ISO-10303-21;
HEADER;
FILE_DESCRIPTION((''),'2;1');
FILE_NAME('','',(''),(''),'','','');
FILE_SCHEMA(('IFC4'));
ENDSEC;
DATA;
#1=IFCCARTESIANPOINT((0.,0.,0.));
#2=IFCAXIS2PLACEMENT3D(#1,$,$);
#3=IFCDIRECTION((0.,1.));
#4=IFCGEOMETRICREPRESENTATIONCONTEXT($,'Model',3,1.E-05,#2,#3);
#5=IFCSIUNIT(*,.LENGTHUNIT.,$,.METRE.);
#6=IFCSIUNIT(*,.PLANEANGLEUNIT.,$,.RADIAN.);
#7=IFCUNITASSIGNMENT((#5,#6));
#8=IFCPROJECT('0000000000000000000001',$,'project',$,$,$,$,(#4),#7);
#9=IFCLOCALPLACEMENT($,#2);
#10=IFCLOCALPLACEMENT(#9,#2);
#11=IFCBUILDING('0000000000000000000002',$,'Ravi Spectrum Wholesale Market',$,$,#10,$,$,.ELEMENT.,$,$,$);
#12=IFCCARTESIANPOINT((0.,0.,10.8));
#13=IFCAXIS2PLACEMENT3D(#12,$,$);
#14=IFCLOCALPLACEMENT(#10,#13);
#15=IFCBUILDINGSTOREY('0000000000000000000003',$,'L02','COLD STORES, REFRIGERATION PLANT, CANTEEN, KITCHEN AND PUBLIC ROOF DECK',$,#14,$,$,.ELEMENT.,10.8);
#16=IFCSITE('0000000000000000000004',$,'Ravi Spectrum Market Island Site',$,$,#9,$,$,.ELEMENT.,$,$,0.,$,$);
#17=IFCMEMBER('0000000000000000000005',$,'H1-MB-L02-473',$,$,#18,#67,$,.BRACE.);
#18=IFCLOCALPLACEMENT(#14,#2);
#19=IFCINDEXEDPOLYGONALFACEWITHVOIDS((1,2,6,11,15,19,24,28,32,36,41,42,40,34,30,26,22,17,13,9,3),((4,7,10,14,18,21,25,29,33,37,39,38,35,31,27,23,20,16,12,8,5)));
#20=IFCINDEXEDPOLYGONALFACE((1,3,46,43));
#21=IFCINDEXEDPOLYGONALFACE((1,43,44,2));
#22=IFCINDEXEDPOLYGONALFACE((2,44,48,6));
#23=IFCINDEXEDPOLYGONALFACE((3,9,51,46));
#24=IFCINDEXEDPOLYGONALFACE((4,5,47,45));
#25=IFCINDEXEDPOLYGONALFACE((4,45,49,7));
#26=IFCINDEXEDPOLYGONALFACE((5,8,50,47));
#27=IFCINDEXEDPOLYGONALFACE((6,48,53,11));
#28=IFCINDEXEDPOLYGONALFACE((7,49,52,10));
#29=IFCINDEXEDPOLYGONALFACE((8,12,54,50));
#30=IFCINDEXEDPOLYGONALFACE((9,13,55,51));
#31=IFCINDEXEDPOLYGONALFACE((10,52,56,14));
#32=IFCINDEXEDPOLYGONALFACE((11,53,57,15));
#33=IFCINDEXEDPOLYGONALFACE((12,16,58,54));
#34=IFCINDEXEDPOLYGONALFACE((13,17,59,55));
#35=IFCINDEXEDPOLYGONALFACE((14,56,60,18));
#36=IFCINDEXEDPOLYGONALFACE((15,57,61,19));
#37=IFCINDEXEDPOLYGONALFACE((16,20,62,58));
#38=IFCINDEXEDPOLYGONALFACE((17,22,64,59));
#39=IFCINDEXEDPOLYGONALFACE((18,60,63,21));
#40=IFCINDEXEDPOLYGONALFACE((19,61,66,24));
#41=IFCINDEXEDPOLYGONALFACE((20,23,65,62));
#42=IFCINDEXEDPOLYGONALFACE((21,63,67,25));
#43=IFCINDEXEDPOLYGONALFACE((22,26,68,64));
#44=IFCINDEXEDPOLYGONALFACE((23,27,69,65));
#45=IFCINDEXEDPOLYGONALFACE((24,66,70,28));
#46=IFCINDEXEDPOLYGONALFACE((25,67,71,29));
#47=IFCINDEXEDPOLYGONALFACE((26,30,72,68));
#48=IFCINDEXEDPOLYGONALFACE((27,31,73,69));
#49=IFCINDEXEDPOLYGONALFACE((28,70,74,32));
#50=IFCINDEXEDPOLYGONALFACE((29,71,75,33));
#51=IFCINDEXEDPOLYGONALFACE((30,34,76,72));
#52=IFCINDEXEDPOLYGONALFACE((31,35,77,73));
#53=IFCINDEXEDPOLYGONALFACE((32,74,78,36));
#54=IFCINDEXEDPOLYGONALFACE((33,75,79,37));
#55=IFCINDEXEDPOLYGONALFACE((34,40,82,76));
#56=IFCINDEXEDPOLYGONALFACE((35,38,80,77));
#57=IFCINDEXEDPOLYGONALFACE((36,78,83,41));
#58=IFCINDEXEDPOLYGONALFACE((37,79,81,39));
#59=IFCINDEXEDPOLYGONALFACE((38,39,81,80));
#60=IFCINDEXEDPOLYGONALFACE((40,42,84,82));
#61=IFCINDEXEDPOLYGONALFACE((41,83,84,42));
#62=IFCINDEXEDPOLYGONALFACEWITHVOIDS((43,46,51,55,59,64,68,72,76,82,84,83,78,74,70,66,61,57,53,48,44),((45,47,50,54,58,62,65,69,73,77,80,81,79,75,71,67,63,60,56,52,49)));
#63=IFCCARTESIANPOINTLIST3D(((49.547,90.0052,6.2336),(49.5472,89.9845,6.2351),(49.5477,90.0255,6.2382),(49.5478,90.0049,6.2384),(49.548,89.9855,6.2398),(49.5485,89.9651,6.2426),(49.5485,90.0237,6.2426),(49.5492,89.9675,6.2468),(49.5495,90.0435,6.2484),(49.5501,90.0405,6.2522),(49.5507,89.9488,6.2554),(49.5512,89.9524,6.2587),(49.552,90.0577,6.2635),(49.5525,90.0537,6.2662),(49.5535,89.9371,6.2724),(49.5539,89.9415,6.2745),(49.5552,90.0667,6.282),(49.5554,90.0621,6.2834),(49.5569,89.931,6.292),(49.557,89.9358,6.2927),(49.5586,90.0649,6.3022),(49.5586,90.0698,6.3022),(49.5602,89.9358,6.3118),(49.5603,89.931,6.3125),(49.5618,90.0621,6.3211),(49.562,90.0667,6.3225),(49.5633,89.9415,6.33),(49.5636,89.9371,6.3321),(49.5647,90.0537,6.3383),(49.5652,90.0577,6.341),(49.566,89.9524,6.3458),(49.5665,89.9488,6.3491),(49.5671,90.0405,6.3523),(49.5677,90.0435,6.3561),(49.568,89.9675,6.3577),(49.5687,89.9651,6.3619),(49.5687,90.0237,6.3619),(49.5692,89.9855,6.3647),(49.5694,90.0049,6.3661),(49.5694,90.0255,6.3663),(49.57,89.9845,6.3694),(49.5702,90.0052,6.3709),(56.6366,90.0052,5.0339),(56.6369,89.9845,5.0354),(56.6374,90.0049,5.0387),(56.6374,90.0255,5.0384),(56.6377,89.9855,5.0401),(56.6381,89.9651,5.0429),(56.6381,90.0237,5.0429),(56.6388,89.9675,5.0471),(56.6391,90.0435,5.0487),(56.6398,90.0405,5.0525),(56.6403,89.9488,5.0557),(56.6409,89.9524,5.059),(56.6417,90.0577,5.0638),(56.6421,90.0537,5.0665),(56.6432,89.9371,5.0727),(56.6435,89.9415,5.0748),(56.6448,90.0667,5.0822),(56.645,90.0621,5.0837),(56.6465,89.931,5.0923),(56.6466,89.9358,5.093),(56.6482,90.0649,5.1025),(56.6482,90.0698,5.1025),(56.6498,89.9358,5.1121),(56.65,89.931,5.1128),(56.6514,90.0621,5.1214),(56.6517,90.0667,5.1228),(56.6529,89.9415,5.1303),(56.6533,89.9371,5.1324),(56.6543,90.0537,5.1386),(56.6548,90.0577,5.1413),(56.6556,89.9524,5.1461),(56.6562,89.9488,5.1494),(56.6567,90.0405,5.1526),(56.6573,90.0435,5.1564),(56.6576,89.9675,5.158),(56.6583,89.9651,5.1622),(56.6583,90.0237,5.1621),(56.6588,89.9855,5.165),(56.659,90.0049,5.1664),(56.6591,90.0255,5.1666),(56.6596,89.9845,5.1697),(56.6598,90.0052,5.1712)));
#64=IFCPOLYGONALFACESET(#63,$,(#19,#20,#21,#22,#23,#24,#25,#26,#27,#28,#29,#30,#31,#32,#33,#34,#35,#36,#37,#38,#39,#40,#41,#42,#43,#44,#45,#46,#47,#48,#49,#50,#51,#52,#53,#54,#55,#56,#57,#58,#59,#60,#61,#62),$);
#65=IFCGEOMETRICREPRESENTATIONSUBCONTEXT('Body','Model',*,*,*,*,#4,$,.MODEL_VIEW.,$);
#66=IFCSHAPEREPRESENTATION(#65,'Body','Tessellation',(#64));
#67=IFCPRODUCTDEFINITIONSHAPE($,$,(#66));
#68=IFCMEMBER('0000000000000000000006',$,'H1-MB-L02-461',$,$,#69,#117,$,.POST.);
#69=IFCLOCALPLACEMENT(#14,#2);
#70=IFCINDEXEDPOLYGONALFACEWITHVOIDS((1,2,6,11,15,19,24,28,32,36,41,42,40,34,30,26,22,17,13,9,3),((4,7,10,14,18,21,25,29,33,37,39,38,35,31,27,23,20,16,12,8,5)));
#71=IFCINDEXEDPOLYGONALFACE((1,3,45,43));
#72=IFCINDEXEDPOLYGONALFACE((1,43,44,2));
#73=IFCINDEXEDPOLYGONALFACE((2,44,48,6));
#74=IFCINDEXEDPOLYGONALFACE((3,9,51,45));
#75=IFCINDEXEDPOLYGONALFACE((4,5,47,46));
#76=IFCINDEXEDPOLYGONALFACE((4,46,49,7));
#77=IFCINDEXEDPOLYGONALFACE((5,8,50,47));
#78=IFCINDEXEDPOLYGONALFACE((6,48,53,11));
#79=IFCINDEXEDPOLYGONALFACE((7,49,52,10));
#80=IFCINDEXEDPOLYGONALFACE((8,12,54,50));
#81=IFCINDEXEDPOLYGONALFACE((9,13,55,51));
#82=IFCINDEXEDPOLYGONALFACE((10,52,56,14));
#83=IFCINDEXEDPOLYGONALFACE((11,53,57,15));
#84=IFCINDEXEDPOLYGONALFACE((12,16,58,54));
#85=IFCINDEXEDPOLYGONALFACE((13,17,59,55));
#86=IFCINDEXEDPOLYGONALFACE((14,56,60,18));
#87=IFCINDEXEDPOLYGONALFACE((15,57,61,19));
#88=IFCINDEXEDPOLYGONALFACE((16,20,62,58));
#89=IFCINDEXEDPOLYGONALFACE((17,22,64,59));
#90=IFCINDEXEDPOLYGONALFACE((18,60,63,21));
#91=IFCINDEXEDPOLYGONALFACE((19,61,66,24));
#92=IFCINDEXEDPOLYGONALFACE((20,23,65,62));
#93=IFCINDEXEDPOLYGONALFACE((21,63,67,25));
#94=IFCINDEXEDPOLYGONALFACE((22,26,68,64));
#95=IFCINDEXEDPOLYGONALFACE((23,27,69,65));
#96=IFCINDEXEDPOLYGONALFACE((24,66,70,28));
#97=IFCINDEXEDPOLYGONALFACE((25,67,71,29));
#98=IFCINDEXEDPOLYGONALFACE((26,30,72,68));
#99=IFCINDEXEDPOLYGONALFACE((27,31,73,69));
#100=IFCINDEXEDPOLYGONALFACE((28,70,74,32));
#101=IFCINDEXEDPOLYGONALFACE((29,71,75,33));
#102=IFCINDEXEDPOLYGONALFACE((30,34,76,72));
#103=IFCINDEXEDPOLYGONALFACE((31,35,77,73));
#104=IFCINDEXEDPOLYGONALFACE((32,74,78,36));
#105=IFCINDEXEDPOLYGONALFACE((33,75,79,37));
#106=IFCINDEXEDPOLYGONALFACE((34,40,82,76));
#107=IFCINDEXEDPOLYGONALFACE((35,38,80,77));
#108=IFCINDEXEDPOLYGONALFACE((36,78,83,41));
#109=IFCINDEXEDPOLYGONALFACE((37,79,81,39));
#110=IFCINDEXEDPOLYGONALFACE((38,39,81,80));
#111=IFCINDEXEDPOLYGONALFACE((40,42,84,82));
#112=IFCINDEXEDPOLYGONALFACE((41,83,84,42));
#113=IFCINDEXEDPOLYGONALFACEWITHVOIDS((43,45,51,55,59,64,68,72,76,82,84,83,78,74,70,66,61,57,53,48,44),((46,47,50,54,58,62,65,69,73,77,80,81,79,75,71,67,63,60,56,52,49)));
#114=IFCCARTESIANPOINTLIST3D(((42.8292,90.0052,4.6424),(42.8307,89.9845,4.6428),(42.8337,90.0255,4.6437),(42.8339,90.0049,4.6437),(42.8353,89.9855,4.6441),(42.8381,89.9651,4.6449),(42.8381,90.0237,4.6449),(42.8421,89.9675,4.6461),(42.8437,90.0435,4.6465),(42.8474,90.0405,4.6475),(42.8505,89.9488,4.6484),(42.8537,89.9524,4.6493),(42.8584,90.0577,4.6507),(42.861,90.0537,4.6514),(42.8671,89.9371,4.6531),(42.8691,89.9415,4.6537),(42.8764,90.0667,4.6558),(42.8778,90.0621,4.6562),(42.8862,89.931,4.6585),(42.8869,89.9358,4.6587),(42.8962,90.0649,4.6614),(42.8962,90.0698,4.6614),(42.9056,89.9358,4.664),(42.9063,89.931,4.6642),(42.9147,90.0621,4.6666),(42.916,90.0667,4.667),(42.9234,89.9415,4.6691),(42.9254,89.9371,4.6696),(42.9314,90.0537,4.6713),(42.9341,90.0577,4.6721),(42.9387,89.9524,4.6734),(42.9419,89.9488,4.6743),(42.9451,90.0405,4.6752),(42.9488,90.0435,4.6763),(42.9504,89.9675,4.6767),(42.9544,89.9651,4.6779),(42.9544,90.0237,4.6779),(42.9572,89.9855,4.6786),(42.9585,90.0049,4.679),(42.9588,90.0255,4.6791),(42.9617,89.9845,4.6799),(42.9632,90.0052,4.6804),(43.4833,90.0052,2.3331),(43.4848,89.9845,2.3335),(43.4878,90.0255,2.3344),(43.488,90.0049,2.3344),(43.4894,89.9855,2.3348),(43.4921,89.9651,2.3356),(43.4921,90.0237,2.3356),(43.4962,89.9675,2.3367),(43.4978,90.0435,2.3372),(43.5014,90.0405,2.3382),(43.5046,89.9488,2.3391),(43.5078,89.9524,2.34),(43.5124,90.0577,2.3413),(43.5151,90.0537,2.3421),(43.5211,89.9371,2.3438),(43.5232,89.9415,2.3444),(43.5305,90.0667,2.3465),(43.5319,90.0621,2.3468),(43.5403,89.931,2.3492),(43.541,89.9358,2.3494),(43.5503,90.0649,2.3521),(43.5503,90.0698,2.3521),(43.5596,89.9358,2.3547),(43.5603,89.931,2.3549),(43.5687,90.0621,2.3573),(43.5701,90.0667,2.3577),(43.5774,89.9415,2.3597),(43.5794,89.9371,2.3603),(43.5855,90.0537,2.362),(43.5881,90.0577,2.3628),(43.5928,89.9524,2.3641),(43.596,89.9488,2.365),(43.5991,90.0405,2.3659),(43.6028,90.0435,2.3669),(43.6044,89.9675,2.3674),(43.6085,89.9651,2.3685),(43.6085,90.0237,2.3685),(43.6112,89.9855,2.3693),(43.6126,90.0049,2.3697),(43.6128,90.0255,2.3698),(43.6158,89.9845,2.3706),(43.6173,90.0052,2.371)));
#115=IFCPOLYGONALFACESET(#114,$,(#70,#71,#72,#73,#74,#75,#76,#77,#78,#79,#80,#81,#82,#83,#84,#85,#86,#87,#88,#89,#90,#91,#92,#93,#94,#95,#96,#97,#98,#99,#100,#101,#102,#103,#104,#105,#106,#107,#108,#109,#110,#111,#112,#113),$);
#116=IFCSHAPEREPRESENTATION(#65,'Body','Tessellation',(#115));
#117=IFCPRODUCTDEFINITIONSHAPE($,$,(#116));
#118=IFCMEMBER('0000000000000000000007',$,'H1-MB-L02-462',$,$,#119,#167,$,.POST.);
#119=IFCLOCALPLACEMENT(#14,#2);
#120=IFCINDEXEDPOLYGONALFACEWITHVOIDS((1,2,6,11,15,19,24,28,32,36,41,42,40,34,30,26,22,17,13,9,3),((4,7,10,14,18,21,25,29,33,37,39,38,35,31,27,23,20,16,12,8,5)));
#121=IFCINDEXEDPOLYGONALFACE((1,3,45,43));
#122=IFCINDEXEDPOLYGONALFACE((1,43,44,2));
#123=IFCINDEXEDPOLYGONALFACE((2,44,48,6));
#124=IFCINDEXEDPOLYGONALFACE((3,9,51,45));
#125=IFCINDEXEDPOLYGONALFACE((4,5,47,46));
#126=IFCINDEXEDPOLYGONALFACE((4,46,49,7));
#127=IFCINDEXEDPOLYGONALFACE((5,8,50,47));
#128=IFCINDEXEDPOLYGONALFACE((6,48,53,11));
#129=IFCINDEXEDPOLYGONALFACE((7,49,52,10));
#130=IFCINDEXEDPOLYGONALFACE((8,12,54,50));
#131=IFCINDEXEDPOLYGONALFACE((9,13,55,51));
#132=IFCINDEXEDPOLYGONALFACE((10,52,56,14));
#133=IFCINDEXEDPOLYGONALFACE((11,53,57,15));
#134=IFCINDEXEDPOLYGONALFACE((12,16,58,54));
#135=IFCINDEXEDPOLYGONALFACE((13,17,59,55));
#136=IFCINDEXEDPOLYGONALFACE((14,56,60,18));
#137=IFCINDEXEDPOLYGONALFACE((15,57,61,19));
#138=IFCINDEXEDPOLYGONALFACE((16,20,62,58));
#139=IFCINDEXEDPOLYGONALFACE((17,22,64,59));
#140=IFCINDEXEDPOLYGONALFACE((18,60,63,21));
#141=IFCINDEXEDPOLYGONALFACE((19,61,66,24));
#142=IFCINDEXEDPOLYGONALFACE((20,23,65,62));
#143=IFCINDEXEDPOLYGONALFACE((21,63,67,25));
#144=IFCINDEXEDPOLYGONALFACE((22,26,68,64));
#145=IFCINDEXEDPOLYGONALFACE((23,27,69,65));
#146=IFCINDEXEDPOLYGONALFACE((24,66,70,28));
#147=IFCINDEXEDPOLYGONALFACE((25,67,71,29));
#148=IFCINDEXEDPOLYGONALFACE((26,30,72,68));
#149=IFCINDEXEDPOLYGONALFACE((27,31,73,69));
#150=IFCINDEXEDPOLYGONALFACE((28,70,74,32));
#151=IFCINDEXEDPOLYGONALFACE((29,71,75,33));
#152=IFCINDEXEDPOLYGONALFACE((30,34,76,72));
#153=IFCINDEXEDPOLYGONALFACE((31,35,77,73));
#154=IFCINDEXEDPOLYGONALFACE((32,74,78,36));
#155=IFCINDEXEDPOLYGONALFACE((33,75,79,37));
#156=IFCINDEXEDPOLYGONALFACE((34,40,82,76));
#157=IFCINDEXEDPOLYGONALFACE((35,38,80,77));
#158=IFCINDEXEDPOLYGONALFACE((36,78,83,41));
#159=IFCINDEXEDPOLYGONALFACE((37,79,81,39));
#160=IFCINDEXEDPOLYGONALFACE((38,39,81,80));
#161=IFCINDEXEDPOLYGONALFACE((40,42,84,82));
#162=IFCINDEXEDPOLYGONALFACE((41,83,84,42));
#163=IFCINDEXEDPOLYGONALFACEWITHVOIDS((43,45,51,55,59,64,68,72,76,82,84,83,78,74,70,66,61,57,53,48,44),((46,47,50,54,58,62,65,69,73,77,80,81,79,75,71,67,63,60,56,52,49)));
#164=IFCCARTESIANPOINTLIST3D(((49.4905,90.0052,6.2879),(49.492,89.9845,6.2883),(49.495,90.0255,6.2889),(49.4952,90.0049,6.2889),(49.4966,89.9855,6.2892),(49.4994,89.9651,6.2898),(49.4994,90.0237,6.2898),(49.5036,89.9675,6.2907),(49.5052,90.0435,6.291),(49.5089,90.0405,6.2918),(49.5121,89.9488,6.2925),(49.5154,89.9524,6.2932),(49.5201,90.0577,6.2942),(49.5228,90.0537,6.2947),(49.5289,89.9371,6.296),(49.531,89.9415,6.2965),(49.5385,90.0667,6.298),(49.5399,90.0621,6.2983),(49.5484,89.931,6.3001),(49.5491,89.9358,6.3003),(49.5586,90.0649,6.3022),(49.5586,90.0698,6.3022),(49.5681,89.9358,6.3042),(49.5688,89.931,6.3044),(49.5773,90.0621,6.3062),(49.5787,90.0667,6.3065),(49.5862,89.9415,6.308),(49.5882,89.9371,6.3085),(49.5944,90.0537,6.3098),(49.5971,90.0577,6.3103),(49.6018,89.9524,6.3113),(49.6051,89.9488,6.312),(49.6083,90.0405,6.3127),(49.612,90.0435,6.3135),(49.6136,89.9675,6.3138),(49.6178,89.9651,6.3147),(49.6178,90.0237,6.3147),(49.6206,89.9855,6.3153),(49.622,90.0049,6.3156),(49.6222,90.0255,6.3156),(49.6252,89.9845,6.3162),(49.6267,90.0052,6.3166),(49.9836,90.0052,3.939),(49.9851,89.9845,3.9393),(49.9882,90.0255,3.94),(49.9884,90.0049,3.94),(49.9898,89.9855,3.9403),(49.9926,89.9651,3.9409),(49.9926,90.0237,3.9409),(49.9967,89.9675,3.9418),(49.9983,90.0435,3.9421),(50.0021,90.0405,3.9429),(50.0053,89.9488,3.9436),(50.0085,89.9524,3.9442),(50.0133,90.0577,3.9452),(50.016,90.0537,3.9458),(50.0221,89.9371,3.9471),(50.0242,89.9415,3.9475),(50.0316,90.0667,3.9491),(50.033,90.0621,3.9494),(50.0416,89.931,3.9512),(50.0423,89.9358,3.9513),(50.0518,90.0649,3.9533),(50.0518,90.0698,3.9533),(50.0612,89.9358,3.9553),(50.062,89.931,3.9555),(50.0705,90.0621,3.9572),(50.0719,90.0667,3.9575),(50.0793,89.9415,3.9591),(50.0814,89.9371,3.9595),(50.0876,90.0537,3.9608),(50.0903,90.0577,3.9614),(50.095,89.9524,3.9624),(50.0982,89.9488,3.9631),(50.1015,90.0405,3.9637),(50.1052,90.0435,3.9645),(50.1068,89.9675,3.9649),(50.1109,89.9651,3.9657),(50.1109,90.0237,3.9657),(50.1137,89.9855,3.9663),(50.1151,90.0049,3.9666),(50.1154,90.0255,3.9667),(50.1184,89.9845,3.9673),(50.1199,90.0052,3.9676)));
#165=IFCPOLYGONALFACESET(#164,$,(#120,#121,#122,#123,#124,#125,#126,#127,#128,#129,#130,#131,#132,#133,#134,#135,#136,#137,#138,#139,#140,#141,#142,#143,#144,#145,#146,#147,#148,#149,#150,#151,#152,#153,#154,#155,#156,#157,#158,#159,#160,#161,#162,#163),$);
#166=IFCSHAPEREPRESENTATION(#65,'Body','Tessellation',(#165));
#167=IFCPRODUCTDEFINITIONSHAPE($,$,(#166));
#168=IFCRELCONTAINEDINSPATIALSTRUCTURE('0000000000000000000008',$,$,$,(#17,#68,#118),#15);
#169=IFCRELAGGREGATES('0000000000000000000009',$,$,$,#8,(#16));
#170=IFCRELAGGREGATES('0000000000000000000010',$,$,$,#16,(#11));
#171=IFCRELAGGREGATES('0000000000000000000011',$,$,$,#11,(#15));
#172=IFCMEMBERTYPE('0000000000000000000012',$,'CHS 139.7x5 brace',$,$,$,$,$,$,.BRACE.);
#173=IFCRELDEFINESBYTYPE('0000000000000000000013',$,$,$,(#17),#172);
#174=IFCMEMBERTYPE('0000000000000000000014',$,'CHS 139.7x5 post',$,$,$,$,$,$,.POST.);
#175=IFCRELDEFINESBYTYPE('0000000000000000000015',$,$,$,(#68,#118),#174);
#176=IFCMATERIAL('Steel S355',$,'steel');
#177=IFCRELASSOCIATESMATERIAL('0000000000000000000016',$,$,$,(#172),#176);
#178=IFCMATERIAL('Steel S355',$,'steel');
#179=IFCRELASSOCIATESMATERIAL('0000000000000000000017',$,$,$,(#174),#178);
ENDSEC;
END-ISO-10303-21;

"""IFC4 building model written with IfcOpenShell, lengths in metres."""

from ifc_helpers import new_model, si_unit, direction, frame, origin, origin_2d, place, context, subcontext, project, spatial, hollow_circle, extrude, material, material_profile, profile_set, type_object, element, save


model = new_model("IFC4")

# Units and contexts
model_context = context("Model", 3, precision=1e-05, world=origin(), true_north=direction((0.0, 1.0)))
body_context = subcontext(model_context, "Body", "Model", "MODEL_VIEW")
ifc_project = project(units=[si_unit("LENGTHUNIT", "METRE"), si_unit("PLANEANGLEUNIT", "RADIAN")], contexts=[model_context])

# Site, building, storey
site_placement = place(None, origin())
site = spatial("IfcSite", under=ifc_project, at=site_placement, Name="Ravi Spectrum Market Island Site", CompositionType="ELEMENT", RefElevation=0.0)
building_placement = place(site_placement, origin())
building = spatial("IfcBuilding", under=site, at=building_placement, Name="Ravi Spectrum Wholesale Market", CompositionType="ELEMENT")
storey_placement = place(building_placement, frame((0.0, 0.0, 10.8)))
storey = spatial("IfcBuildingStorey", under=building, at=storey_placement, Name="L02", Description="COLD STORES, REFRIGERATION PLANT, CANTEEN, KITCHEN AND PUBLIC ROOF DECK", CompositionType="ELEMENT", Elevation=10.8)

# Members
ifc_material_1 = material(Name="Steel S355", Category="steel")
ifc_material_profile_1 = material_profile(ifc_material_1, hollow_circle(Radius=0.0698, WallThickness=0.0049, at=origin_2d()))
ifc_profile_set_1 = profile_set([ifc_material_profile_1], Name="Steel S355")
member_type_1 = type_object("IfcMemberType", Name="CHS 139.7x5 brace", PredefinedType="BRACE", material=ifc_profile_set_1)
member_1_placement = place(storey_placement, frame((49.5586, 90.0, 6.3022), z_axis=(0.985983, 0.0, -0.166849), x_axis=(0.0, 1.0, 0.0)))
element("IfcMember", 1, at=member_1_placement, inside=storey, type_object=member_type_1, Name="H1-MB-L02-473", PredefinedType="BRACE", context=body_context, shape_type="SweptSolid", body=[
    extrude(hollow_circle(Radius=0.0698, WallThickness=0.0049, at=origin_2d()), origin(), (0.0, 0.0, 1.0), 7.1904),
])
ifc_material_2 = material(Name="Steel S355", Category="steel")
ifc_material_profile_2 = material_profile(ifc_material_2, hollow_circle(Radius=0.0698, WallThickness=0.0049, at=origin_2d()))
ifc_profile_set_2 = profile_set([ifc_material_profile_2], Name="Steel S355")
member_type_2 = type_object("IfcMemberType", Name="CHS 139.7x5 post", PredefinedType="POST", material=ifc_profile_set_2)
for number, where, z_axis, x_axis, name in (
    (2, (42.8962, 90.0, 4.6614), (0.272504, 0.0, -0.962155), (0.0, 1.0, 0.0), "H1-MB-L02-461"),
    (3, (49.5586, 90.0, 6.3022), (0.205477, 0.0, -0.978662), (0.0, 1.0, 0.0), "H1-MB-L02-462"),
):
    element("IfcMember", number, at=place(storey_placement, frame(where, z_axis=z_axis, x_axis=x_axis)), inside=storey, type_object=member_type_2, Name=name, PredefinedType="POST", context=body_context, shape_type="SweptSolid", body=[
        extrude(hollow_circle(Radius=0.0698, WallThickness=0.0049, at=origin_2d()), origin(), (0.0, 0.0, 1.0), 2.4001),
    ])

save(model, "model.ifc")
